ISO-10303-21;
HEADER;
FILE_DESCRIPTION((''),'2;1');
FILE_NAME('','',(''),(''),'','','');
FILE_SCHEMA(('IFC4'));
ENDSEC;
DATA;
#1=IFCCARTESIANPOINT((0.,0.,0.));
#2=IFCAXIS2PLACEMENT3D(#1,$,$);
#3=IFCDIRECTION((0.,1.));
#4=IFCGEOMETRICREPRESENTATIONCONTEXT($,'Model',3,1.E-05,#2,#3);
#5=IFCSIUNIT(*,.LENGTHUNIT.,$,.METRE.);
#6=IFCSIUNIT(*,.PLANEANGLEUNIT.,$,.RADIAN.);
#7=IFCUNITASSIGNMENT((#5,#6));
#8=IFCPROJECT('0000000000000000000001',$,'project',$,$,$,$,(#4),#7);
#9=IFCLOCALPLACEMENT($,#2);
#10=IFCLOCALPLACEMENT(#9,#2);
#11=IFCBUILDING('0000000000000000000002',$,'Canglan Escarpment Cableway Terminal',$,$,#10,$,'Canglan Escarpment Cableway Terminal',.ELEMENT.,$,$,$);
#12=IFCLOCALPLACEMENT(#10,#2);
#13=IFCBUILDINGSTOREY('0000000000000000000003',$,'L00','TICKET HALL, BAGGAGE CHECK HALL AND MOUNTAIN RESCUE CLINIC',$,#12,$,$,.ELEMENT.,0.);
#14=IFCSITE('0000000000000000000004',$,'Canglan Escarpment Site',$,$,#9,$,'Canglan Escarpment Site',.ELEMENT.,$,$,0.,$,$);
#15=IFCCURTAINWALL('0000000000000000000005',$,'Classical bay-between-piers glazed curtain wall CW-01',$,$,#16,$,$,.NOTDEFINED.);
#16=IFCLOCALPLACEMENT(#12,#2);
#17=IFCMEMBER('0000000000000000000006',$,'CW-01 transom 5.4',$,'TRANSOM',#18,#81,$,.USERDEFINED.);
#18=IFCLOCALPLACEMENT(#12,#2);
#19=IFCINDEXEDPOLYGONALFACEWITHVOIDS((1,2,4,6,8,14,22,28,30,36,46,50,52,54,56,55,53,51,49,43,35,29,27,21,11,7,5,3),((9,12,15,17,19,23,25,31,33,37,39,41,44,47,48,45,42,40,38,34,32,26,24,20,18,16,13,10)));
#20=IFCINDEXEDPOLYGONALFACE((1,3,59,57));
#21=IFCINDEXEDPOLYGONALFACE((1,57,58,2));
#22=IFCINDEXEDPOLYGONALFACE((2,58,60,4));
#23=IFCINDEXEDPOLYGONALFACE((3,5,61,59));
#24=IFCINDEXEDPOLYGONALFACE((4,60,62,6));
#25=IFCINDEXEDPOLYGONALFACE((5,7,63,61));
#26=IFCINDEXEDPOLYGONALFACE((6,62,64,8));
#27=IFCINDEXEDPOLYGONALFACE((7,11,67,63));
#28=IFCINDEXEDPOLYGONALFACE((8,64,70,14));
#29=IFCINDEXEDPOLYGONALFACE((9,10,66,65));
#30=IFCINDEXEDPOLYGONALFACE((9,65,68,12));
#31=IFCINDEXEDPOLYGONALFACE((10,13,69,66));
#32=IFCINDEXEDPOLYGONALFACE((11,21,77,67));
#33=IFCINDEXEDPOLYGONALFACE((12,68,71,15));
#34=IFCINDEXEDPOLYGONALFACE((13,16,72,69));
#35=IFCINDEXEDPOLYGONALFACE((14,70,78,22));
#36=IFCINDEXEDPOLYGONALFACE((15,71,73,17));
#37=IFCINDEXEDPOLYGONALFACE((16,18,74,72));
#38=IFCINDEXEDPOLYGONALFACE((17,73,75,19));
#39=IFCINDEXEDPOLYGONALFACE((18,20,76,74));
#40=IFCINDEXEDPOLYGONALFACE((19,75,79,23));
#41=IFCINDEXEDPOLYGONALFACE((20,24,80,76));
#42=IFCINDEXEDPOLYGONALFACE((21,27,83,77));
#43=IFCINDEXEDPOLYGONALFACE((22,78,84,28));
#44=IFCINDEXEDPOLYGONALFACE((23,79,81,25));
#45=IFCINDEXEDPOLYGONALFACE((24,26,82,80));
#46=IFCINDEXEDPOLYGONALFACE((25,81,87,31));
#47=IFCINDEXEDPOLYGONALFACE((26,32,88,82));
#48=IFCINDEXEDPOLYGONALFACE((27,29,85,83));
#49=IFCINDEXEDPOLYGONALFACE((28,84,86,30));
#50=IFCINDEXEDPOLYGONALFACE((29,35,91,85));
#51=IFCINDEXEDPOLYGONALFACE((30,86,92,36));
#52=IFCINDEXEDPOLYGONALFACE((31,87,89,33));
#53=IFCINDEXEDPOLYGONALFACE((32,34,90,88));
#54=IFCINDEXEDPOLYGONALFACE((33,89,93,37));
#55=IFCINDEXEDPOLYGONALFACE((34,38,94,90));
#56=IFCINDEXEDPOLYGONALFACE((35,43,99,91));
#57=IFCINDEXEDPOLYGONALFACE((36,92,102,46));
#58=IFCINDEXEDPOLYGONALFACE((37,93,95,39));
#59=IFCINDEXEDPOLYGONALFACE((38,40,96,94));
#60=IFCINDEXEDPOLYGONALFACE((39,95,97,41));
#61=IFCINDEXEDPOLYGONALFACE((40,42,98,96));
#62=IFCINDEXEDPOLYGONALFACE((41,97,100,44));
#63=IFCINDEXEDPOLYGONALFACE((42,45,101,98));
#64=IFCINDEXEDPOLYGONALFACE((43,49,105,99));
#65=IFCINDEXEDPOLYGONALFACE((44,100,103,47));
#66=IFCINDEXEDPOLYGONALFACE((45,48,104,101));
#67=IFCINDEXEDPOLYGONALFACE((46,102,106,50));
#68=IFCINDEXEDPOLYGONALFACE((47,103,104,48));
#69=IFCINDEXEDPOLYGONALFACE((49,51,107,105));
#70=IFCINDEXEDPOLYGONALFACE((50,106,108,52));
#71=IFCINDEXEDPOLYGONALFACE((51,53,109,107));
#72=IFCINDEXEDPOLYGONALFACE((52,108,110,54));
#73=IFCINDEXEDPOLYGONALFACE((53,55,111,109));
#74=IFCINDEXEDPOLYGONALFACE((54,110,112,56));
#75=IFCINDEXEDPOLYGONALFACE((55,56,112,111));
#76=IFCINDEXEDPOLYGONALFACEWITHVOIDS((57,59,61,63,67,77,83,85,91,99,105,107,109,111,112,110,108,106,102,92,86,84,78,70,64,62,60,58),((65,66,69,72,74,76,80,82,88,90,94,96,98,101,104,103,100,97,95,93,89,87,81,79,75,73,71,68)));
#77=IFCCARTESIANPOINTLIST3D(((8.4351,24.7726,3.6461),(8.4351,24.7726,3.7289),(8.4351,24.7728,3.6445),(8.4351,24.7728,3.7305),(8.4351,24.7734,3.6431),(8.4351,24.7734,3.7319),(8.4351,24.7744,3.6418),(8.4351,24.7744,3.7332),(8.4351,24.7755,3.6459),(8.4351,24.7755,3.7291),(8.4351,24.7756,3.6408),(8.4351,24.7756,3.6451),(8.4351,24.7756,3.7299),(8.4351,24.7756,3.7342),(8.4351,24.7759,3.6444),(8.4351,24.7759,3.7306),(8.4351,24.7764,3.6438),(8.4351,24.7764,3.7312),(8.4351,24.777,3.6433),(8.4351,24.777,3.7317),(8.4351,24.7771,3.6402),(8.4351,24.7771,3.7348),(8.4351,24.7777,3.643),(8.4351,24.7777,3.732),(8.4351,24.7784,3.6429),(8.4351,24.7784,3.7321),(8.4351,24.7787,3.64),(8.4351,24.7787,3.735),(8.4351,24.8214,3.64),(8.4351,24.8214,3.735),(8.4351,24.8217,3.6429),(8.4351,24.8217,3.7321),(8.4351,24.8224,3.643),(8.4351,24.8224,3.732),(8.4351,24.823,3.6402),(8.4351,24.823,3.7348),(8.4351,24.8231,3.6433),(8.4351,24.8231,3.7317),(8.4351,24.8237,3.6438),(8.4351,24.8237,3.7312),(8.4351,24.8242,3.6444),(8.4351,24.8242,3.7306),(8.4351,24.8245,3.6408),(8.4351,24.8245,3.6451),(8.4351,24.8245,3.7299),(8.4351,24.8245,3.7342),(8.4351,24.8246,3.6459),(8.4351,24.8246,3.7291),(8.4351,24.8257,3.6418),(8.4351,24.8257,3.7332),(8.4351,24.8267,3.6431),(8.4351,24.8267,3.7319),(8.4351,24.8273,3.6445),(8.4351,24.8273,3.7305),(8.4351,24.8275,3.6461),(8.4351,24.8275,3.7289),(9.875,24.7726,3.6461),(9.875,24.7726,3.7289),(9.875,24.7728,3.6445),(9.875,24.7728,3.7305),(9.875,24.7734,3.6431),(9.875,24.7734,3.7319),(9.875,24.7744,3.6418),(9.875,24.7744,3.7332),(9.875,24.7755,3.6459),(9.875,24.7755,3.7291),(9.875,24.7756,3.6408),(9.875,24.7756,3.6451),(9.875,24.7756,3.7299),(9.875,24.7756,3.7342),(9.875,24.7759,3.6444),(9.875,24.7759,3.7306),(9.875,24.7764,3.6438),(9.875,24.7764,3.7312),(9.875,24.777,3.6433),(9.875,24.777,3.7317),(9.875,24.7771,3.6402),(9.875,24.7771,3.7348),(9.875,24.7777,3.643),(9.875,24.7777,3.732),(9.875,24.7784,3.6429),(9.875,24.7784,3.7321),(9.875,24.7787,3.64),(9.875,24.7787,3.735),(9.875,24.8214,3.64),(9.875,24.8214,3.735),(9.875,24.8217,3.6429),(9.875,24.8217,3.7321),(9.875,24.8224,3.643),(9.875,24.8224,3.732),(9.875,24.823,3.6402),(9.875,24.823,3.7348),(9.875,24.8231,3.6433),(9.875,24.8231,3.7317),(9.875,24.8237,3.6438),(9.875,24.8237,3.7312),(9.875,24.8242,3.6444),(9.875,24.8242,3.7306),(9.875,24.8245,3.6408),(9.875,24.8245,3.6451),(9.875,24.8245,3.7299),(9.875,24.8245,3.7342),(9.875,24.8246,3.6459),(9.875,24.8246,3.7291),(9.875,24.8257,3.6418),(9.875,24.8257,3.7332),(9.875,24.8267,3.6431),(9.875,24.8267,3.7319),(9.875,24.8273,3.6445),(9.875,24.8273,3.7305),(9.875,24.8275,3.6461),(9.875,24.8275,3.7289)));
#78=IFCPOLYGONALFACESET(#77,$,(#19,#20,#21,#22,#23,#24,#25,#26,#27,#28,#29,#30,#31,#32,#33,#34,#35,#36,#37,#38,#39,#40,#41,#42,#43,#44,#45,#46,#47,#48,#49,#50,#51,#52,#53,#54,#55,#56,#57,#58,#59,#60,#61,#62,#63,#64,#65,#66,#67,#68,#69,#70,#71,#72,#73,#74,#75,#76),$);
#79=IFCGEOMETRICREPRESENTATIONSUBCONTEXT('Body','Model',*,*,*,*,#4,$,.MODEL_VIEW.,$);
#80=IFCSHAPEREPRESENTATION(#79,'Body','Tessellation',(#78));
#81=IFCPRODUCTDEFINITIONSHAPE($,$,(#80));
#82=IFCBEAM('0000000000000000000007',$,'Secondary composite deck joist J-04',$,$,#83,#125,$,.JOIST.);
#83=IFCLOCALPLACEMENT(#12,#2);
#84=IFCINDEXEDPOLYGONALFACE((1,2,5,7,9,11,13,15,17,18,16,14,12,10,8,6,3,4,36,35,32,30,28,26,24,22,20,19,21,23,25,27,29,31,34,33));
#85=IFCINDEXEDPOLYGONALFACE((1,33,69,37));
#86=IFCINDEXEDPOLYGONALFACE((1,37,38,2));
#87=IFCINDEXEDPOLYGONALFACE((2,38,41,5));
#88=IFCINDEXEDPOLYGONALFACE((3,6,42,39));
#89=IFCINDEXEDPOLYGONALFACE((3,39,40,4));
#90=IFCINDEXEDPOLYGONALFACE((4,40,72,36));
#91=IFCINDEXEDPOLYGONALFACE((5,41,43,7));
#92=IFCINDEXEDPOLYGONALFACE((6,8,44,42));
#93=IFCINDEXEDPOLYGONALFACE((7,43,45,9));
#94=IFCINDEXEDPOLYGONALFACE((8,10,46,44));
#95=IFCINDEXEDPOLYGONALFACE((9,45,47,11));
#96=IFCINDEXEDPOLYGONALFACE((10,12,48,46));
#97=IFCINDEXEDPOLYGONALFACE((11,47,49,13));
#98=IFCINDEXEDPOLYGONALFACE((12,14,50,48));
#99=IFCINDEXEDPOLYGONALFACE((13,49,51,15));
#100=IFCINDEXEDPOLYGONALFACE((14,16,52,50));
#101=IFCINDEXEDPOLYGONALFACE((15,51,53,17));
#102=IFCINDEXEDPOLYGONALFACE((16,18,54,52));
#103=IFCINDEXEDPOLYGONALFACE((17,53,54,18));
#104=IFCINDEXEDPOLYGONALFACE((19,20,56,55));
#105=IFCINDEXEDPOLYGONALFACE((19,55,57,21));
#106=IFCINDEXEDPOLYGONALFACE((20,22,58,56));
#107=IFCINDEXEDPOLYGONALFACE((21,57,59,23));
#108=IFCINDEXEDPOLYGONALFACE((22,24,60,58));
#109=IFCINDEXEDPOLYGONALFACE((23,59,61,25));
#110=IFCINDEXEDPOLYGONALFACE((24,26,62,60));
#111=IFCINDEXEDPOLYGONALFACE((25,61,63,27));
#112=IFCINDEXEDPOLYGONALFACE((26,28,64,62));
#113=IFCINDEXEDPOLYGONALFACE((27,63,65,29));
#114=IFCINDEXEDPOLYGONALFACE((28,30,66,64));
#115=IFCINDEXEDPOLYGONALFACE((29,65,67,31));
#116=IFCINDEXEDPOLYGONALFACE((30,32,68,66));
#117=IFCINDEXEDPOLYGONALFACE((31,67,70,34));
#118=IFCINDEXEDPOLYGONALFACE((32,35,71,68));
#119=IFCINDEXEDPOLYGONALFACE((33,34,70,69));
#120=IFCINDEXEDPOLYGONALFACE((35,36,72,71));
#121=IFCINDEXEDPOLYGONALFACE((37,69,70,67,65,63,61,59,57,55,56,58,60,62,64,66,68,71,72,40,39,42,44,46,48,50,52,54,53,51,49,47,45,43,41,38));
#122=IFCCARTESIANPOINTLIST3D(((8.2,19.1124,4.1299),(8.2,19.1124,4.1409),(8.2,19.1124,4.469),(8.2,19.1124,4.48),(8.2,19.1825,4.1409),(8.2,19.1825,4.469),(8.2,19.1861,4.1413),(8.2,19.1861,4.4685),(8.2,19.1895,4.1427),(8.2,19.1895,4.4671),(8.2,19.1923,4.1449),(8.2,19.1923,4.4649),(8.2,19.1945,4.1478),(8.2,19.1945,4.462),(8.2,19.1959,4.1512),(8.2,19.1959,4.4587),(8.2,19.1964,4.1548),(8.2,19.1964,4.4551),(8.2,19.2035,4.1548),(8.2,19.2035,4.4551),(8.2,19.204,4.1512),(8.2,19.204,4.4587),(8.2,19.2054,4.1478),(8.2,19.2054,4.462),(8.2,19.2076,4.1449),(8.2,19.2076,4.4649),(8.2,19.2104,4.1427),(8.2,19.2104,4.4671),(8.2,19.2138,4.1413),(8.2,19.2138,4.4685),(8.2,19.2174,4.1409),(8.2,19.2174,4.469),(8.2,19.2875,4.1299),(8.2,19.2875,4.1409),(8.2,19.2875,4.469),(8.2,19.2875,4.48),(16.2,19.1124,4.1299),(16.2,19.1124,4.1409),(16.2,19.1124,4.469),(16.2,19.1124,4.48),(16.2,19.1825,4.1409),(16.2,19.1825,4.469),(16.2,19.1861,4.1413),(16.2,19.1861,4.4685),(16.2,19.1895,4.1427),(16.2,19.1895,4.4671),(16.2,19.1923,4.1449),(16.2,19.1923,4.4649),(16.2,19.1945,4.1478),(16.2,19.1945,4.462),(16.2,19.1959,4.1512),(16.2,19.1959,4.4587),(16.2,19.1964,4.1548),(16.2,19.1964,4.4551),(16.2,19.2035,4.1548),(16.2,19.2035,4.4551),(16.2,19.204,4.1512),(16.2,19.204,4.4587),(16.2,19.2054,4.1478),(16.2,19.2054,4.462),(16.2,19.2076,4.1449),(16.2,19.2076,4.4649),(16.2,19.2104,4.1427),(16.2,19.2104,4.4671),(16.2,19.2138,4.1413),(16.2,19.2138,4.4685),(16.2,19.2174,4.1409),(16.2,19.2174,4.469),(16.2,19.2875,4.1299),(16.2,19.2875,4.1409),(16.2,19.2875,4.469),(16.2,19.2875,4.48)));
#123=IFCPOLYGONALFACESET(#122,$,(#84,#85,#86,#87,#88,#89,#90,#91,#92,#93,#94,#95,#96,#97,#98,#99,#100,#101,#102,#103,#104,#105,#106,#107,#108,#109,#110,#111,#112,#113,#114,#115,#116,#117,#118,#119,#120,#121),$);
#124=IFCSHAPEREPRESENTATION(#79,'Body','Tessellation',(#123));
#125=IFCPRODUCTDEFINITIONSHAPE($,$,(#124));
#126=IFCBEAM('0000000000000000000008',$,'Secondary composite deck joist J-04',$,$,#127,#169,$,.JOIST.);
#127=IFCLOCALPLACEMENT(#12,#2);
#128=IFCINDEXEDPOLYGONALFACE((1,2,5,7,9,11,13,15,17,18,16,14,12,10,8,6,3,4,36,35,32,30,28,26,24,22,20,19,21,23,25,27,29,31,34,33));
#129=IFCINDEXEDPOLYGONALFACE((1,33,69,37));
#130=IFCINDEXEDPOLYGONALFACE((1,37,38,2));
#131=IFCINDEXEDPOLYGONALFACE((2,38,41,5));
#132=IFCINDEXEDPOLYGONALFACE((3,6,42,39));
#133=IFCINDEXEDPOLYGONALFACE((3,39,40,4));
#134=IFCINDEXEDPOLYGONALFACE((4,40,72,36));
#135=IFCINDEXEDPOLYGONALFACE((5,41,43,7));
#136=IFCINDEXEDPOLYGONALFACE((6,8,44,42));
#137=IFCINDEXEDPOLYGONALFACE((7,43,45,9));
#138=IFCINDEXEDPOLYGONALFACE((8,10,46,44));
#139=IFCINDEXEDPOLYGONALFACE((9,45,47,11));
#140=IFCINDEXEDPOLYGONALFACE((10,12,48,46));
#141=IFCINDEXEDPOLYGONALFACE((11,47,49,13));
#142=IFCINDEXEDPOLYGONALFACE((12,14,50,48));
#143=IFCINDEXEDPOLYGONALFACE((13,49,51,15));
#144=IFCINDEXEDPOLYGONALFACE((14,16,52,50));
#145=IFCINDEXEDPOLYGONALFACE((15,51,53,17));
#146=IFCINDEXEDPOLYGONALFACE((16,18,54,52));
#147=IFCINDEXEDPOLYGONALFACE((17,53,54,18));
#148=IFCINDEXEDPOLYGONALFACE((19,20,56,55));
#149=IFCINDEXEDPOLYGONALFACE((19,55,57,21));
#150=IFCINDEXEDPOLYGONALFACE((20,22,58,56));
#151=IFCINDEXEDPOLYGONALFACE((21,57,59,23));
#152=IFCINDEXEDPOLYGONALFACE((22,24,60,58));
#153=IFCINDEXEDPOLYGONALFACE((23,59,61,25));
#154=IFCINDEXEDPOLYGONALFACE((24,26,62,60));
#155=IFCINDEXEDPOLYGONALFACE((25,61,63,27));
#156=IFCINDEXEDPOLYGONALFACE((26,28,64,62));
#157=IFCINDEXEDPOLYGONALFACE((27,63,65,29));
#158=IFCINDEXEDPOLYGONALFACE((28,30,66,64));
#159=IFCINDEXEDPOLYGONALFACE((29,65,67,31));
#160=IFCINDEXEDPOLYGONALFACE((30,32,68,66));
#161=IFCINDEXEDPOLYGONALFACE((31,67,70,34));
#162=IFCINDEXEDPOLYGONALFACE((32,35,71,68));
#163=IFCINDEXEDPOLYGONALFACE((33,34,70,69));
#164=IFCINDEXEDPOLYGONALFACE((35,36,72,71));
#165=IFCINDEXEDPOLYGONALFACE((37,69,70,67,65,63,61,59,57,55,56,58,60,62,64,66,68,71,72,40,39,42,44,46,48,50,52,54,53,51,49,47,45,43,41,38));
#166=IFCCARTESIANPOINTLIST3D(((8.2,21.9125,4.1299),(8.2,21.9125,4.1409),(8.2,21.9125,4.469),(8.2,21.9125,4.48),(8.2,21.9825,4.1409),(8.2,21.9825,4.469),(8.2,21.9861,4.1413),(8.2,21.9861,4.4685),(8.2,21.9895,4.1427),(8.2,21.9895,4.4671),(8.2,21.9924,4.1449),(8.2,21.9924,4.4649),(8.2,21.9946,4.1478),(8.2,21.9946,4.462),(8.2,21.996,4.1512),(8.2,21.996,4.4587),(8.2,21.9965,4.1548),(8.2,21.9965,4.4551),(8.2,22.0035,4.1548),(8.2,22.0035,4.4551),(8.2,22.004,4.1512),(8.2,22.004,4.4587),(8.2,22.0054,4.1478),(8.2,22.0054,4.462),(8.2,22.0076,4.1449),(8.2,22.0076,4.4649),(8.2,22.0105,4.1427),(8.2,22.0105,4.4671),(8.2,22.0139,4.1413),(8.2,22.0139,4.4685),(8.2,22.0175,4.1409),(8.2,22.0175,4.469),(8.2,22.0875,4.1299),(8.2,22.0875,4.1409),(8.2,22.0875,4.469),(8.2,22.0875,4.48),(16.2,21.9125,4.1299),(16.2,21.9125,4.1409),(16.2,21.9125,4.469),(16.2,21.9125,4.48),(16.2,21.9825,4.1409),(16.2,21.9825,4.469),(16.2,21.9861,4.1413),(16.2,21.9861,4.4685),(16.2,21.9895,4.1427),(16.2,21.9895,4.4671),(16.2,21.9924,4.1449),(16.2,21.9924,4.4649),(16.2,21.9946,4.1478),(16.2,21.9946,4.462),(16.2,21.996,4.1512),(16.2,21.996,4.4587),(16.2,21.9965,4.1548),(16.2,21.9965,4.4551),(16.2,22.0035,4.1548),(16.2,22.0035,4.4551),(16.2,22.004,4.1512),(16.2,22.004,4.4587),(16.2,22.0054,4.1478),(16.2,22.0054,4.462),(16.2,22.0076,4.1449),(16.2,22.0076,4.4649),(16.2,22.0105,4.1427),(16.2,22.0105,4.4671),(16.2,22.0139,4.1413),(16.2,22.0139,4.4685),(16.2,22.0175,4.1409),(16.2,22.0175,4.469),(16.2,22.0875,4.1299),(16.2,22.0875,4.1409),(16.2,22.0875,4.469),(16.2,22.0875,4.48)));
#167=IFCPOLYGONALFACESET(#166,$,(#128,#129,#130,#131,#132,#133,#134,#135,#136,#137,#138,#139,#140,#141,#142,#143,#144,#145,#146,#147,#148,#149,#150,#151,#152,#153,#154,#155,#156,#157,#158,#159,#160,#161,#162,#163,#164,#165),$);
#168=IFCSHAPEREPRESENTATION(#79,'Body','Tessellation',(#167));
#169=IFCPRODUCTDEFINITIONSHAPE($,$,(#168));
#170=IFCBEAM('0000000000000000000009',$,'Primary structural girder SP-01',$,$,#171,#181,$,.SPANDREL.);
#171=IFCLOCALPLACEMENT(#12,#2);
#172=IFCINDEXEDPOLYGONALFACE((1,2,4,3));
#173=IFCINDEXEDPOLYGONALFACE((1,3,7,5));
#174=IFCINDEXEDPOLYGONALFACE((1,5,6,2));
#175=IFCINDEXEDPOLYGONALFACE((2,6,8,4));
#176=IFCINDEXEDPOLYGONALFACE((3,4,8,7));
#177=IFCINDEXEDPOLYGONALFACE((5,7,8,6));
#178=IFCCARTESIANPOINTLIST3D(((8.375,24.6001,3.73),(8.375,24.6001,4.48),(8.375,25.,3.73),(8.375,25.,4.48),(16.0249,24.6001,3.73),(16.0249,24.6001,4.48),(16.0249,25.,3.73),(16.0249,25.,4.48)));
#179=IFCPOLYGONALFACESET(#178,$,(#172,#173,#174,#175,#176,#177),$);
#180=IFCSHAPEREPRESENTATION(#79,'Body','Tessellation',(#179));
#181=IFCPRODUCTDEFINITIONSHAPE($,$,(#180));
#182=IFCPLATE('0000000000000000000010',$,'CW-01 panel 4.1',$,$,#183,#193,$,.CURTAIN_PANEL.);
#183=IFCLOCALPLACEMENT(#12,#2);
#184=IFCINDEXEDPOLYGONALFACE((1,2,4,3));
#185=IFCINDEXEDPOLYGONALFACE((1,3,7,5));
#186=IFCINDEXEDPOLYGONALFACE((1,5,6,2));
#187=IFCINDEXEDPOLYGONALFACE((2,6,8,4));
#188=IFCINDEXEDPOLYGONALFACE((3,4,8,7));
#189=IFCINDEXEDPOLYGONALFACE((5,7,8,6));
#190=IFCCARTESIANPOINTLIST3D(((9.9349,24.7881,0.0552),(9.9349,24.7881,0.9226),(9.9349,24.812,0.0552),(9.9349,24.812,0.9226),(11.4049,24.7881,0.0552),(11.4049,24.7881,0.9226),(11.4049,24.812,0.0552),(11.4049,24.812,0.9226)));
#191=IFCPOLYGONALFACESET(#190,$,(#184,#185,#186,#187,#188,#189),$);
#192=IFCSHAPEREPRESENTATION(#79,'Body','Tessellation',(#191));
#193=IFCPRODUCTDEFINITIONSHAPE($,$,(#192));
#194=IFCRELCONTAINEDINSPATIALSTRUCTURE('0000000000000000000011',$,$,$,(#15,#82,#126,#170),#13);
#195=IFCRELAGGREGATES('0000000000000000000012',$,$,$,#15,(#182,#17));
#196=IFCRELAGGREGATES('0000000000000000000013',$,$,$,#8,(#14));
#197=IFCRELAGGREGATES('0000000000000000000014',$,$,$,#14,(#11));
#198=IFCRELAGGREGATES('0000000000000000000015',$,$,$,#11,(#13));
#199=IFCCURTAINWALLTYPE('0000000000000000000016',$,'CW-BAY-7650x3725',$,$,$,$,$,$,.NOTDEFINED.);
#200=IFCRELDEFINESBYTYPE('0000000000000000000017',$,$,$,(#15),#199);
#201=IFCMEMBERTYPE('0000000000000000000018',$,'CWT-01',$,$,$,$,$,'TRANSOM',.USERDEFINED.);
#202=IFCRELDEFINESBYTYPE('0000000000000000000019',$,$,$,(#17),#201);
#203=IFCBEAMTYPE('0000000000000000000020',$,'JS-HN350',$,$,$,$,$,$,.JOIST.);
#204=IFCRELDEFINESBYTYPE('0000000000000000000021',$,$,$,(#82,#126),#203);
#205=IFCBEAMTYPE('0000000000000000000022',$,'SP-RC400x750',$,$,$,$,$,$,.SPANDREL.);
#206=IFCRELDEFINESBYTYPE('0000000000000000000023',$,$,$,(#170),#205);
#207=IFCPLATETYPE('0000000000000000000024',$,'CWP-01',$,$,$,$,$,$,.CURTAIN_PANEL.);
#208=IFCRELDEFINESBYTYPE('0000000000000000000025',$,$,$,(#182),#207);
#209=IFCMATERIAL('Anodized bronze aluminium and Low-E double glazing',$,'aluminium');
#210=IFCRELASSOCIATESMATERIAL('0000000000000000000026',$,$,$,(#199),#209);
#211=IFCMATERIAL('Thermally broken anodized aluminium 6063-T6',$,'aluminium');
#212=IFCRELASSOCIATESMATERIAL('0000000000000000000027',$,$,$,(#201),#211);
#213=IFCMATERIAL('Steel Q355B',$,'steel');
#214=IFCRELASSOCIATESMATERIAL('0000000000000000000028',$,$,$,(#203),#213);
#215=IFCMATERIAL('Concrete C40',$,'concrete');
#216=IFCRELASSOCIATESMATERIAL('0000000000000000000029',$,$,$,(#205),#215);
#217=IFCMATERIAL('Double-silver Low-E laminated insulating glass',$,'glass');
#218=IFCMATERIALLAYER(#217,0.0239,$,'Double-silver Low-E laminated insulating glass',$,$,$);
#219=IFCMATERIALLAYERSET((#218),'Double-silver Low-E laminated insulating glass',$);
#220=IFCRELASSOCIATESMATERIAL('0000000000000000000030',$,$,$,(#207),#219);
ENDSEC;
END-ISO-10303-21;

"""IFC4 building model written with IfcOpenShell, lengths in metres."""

from ifc_helpers import new_model, si_unit, direction, frame, origin, origin_2d, place, context, subcontext, project, spatial, rectangle, hollow_rectangle, i_section, extrude, material, layer, layer_set, material_profile, profile_set, type_object, element, aggregate, save


model = new_model("IFC4")

# Units and contexts
model_context = context("Model", 3, precision=1e-05, world=origin(), true_north=direction((0.0, 1.0)))
body_context = subcontext(model_context, "Body", "Model", "MODEL_VIEW")
ifc_project = project(units=[si_unit("LENGTHUNIT", "METRE"), si_unit("PLANEANGLEUNIT", "RADIAN")], contexts=[model_context])

# Site, building, storey
site_placement = place(None, origin())
site = spatial("IfcSite", under=ifc_project, at=site_placement, Name="Canglan Escarpment Site", LongName="Canglan Escarpment Site", CompositionType="ELEMENT", RefElevation=0.0)
building_placement = place(site_placement, origin())
building = spatial("IfcBuilding", under=site, at=building_placement, Name="Canglan Escarpment Cableway Terminal", LongName="Canglan Escarpment Cableway Terminal", CompositionType="ELEMENT")
storey_placement = place(building_placement, origin())
storey = spatial("IfcBuildingStorey", under=building, at=storey_placement, Name="L00", Description="TICKET HALL, BAGGAGE CHECK HALL AND MOUNTAIN RESCUE CLINIC", CompositionType="ELEMENT", Elevation=0.0)

# Shared definitions
ifc_material_1 = material(Name="Concrete C40", Category="concrete")

# Curtain wall, member
ifc_material_2 = material(Name="Anodized bronze aluminium and Low-E double glazing", Category="aluminium")
curtain_wall_type = type_object("IfcCurtainWallType", Name="CW-BAY-7650x3725", PredefinedType="NOTDEFINED", material=ifc_material_2)
curtain_wall_placement = place(storey_placement, origin())
curtain_wall = element("IfcCurtainWall", 1, at=curtain_wall_placement, inside=storey, type_object=curtain_wall_type, Name="Classical bay-between-piers glazed curtain wall CW-01", PredefinedType="NOTDEFINED")
ifc_material_3 = material(Name="Thermally broken anodized aluminium 6063-T6", Category="aluminium")
ifc_material_profile_1 = material_profile(ifc_material_3, hollow_rectangle(XDim=0.0549, YDim=0.095, WallThickness=0.0029, InnerFilletRadius=0.0029, OuterFilletRadius=0.0061, at=origin_2d()), Name="ALU-TRAN 55x95x3")
ifc_profile_set_1 = profile_set([ifc_material_profile_1], Name="Thermally broken anodized aluminium 6063-T6")
member_type_1 = type_object("IfcMemberType", Name="CWT-01", ElementType="TRANSOM", PredefinedType="USERDEFINED", material=ifc_profile_set_1)
member_1_placement = place(storey_placement, frame((9.875, 24.8, 3.6875), z_axis=(-1.0, 0.0, 0.0), x_axis=(0.0, -1.0, 0.0)))
member_1 = element("IfcMember", 2, at=member_1_placement, type_object=member_type_1, Name="CW-01 transom 5.4", ObjectType="TRANSOM", PredefinedType="USERDEFINED", context=body_context, shape_type="SweptSolid", body=[
    extrude(hollow_rectangle(XDim=0.0549, YDim=0.095, WallThickness=0.0029, InnerFilletRadius=0.0029, OuterFilletRadius=0.0061, at=origin_2d()), origin(), (0.0, 0.0, 1.0), 1.4399),
])

# Beams
ifc_material_4 = material(Name="Steel Q355B", Category="steel")
ifc_material_profile_2 = material_profile(ifc_material_4, i_section(OverallWidth=0.175, OverallDepth=0.3501, WebThickness=0.0071, FlangeThickness=0.011, FilletRadius=0.0139, at=origin_2d()), Name="HN 350x175x7x11")
ifc_profile_set_2 = profile_set([ifc_material_profile_2], Name="Steel Q355B")
beam_type_1 = type_object("IfcBeamType", Name="JS-HN350", PredefinedType="JOIST", material=ifc_profile_set_2)
for number, where, z_axis, x_axis, name in (
    (3, (8.2, 19.2, 4.3049), (1.0, 0.0, 0.0), (0.0, 1.0, 0.0), "Secondary composite deck joist J-04"),
    (4, (8.2, 22.0, 4.3049), (1.0, 0.0, 0.0), (0.0, 1.0, 0.0), "Secondary composite deck joist J-04"),
):
    element("IfcBeam", number, at=place(storey_placement, frame(where, z_axis=z_axis, x_axis=x_axis)), inside=storey, type_object=beam_type_1, Name=name, PredefinedType="JOIST", context=body_context, shape_type="SweptSolid", body=[
        extrude(i_section(OverallWidth=0.175, OverallDepth=0.3501, WebThickness=0.0071, FlangeThickness=0.011, FilletRadius=0.0139, at=origin_2d()), origin(), (0.0, 0.0, 1.0), 8.0),
    ])
ifc_material_profile_3 = material_profile(ifc_material_1, rectangle(XDim=0.3999, YDim=0.75, at=origin_2d()), Name="RC 400x750")
ifc_profile_set_3 = profile_set([ifc_material_profile_3], Name="Concrete C40")
beam_type_2 = type_object("IfcBeamType", Name="SP-RC400x750", PredefinedType="SPANDREL", material=ifc_profile_set_3)
beam_1_placement = place(storey_placement, frame((8.375, 24.8, 4.105), z_axis=(1.0, 0.0, 0.0), x_axis=(0.0, 1.0, 0.0)))
element("IfcBeam", 5, at=beam_1_placement, inside=storey, type_object=beam_type_2, Name="Primary structural girder SP-01", PredefinedType="SPANDREL", context=body_context, shape_type="SweptSolid", body=[
    extrude(rectangle(XDim=0.3999, YDim=0.75, at=origin_2d()), origin(), (0.0, 0.0, 1.0), 7.6499),
])

# Plate
ifc_material_5 = material(Name="Double-silver Low-E laminated insulating glass", Category="glass")
ifc_layer_1 = layer(ifc_material_5, 0.0239, Name="Double-silver Low-E laminated insulating glass")
ifc_layer_set_1 = layer_set([ifc_layer_1], Name="Double-silver Low-E laminated insulating glass")
plate_type = type_object("IfcPlateType", Name="CWP-01", PredefinedType="CURTAIN_PANEL", material=ifc_layer_set_1)
plate_1_placement = place(storey_placement, frame((10.6699, 24.8, 0.0552), z_axis=(0.0, 0.0, 1.0), x_axis=(-1.0, 0.0, 0.0)))
plate_1 = element("IfcPlate", 6, at=plate_1_placement, type_object=plate_type, Name="CW-01 panel 4.1", PredefinedType="CURTAIN_PANEL", context=body_context, shape_type="SweptSolid", body=[
    extrude(rectangle(XDim=1.47, YDim=0.0239, at=origin_2d()), origin(), (0.0, 0.0, 1.0), 0.8674),
])
aggregate(curtain_wall, [plate_1, member_1])

save(model, "model.ifc")
